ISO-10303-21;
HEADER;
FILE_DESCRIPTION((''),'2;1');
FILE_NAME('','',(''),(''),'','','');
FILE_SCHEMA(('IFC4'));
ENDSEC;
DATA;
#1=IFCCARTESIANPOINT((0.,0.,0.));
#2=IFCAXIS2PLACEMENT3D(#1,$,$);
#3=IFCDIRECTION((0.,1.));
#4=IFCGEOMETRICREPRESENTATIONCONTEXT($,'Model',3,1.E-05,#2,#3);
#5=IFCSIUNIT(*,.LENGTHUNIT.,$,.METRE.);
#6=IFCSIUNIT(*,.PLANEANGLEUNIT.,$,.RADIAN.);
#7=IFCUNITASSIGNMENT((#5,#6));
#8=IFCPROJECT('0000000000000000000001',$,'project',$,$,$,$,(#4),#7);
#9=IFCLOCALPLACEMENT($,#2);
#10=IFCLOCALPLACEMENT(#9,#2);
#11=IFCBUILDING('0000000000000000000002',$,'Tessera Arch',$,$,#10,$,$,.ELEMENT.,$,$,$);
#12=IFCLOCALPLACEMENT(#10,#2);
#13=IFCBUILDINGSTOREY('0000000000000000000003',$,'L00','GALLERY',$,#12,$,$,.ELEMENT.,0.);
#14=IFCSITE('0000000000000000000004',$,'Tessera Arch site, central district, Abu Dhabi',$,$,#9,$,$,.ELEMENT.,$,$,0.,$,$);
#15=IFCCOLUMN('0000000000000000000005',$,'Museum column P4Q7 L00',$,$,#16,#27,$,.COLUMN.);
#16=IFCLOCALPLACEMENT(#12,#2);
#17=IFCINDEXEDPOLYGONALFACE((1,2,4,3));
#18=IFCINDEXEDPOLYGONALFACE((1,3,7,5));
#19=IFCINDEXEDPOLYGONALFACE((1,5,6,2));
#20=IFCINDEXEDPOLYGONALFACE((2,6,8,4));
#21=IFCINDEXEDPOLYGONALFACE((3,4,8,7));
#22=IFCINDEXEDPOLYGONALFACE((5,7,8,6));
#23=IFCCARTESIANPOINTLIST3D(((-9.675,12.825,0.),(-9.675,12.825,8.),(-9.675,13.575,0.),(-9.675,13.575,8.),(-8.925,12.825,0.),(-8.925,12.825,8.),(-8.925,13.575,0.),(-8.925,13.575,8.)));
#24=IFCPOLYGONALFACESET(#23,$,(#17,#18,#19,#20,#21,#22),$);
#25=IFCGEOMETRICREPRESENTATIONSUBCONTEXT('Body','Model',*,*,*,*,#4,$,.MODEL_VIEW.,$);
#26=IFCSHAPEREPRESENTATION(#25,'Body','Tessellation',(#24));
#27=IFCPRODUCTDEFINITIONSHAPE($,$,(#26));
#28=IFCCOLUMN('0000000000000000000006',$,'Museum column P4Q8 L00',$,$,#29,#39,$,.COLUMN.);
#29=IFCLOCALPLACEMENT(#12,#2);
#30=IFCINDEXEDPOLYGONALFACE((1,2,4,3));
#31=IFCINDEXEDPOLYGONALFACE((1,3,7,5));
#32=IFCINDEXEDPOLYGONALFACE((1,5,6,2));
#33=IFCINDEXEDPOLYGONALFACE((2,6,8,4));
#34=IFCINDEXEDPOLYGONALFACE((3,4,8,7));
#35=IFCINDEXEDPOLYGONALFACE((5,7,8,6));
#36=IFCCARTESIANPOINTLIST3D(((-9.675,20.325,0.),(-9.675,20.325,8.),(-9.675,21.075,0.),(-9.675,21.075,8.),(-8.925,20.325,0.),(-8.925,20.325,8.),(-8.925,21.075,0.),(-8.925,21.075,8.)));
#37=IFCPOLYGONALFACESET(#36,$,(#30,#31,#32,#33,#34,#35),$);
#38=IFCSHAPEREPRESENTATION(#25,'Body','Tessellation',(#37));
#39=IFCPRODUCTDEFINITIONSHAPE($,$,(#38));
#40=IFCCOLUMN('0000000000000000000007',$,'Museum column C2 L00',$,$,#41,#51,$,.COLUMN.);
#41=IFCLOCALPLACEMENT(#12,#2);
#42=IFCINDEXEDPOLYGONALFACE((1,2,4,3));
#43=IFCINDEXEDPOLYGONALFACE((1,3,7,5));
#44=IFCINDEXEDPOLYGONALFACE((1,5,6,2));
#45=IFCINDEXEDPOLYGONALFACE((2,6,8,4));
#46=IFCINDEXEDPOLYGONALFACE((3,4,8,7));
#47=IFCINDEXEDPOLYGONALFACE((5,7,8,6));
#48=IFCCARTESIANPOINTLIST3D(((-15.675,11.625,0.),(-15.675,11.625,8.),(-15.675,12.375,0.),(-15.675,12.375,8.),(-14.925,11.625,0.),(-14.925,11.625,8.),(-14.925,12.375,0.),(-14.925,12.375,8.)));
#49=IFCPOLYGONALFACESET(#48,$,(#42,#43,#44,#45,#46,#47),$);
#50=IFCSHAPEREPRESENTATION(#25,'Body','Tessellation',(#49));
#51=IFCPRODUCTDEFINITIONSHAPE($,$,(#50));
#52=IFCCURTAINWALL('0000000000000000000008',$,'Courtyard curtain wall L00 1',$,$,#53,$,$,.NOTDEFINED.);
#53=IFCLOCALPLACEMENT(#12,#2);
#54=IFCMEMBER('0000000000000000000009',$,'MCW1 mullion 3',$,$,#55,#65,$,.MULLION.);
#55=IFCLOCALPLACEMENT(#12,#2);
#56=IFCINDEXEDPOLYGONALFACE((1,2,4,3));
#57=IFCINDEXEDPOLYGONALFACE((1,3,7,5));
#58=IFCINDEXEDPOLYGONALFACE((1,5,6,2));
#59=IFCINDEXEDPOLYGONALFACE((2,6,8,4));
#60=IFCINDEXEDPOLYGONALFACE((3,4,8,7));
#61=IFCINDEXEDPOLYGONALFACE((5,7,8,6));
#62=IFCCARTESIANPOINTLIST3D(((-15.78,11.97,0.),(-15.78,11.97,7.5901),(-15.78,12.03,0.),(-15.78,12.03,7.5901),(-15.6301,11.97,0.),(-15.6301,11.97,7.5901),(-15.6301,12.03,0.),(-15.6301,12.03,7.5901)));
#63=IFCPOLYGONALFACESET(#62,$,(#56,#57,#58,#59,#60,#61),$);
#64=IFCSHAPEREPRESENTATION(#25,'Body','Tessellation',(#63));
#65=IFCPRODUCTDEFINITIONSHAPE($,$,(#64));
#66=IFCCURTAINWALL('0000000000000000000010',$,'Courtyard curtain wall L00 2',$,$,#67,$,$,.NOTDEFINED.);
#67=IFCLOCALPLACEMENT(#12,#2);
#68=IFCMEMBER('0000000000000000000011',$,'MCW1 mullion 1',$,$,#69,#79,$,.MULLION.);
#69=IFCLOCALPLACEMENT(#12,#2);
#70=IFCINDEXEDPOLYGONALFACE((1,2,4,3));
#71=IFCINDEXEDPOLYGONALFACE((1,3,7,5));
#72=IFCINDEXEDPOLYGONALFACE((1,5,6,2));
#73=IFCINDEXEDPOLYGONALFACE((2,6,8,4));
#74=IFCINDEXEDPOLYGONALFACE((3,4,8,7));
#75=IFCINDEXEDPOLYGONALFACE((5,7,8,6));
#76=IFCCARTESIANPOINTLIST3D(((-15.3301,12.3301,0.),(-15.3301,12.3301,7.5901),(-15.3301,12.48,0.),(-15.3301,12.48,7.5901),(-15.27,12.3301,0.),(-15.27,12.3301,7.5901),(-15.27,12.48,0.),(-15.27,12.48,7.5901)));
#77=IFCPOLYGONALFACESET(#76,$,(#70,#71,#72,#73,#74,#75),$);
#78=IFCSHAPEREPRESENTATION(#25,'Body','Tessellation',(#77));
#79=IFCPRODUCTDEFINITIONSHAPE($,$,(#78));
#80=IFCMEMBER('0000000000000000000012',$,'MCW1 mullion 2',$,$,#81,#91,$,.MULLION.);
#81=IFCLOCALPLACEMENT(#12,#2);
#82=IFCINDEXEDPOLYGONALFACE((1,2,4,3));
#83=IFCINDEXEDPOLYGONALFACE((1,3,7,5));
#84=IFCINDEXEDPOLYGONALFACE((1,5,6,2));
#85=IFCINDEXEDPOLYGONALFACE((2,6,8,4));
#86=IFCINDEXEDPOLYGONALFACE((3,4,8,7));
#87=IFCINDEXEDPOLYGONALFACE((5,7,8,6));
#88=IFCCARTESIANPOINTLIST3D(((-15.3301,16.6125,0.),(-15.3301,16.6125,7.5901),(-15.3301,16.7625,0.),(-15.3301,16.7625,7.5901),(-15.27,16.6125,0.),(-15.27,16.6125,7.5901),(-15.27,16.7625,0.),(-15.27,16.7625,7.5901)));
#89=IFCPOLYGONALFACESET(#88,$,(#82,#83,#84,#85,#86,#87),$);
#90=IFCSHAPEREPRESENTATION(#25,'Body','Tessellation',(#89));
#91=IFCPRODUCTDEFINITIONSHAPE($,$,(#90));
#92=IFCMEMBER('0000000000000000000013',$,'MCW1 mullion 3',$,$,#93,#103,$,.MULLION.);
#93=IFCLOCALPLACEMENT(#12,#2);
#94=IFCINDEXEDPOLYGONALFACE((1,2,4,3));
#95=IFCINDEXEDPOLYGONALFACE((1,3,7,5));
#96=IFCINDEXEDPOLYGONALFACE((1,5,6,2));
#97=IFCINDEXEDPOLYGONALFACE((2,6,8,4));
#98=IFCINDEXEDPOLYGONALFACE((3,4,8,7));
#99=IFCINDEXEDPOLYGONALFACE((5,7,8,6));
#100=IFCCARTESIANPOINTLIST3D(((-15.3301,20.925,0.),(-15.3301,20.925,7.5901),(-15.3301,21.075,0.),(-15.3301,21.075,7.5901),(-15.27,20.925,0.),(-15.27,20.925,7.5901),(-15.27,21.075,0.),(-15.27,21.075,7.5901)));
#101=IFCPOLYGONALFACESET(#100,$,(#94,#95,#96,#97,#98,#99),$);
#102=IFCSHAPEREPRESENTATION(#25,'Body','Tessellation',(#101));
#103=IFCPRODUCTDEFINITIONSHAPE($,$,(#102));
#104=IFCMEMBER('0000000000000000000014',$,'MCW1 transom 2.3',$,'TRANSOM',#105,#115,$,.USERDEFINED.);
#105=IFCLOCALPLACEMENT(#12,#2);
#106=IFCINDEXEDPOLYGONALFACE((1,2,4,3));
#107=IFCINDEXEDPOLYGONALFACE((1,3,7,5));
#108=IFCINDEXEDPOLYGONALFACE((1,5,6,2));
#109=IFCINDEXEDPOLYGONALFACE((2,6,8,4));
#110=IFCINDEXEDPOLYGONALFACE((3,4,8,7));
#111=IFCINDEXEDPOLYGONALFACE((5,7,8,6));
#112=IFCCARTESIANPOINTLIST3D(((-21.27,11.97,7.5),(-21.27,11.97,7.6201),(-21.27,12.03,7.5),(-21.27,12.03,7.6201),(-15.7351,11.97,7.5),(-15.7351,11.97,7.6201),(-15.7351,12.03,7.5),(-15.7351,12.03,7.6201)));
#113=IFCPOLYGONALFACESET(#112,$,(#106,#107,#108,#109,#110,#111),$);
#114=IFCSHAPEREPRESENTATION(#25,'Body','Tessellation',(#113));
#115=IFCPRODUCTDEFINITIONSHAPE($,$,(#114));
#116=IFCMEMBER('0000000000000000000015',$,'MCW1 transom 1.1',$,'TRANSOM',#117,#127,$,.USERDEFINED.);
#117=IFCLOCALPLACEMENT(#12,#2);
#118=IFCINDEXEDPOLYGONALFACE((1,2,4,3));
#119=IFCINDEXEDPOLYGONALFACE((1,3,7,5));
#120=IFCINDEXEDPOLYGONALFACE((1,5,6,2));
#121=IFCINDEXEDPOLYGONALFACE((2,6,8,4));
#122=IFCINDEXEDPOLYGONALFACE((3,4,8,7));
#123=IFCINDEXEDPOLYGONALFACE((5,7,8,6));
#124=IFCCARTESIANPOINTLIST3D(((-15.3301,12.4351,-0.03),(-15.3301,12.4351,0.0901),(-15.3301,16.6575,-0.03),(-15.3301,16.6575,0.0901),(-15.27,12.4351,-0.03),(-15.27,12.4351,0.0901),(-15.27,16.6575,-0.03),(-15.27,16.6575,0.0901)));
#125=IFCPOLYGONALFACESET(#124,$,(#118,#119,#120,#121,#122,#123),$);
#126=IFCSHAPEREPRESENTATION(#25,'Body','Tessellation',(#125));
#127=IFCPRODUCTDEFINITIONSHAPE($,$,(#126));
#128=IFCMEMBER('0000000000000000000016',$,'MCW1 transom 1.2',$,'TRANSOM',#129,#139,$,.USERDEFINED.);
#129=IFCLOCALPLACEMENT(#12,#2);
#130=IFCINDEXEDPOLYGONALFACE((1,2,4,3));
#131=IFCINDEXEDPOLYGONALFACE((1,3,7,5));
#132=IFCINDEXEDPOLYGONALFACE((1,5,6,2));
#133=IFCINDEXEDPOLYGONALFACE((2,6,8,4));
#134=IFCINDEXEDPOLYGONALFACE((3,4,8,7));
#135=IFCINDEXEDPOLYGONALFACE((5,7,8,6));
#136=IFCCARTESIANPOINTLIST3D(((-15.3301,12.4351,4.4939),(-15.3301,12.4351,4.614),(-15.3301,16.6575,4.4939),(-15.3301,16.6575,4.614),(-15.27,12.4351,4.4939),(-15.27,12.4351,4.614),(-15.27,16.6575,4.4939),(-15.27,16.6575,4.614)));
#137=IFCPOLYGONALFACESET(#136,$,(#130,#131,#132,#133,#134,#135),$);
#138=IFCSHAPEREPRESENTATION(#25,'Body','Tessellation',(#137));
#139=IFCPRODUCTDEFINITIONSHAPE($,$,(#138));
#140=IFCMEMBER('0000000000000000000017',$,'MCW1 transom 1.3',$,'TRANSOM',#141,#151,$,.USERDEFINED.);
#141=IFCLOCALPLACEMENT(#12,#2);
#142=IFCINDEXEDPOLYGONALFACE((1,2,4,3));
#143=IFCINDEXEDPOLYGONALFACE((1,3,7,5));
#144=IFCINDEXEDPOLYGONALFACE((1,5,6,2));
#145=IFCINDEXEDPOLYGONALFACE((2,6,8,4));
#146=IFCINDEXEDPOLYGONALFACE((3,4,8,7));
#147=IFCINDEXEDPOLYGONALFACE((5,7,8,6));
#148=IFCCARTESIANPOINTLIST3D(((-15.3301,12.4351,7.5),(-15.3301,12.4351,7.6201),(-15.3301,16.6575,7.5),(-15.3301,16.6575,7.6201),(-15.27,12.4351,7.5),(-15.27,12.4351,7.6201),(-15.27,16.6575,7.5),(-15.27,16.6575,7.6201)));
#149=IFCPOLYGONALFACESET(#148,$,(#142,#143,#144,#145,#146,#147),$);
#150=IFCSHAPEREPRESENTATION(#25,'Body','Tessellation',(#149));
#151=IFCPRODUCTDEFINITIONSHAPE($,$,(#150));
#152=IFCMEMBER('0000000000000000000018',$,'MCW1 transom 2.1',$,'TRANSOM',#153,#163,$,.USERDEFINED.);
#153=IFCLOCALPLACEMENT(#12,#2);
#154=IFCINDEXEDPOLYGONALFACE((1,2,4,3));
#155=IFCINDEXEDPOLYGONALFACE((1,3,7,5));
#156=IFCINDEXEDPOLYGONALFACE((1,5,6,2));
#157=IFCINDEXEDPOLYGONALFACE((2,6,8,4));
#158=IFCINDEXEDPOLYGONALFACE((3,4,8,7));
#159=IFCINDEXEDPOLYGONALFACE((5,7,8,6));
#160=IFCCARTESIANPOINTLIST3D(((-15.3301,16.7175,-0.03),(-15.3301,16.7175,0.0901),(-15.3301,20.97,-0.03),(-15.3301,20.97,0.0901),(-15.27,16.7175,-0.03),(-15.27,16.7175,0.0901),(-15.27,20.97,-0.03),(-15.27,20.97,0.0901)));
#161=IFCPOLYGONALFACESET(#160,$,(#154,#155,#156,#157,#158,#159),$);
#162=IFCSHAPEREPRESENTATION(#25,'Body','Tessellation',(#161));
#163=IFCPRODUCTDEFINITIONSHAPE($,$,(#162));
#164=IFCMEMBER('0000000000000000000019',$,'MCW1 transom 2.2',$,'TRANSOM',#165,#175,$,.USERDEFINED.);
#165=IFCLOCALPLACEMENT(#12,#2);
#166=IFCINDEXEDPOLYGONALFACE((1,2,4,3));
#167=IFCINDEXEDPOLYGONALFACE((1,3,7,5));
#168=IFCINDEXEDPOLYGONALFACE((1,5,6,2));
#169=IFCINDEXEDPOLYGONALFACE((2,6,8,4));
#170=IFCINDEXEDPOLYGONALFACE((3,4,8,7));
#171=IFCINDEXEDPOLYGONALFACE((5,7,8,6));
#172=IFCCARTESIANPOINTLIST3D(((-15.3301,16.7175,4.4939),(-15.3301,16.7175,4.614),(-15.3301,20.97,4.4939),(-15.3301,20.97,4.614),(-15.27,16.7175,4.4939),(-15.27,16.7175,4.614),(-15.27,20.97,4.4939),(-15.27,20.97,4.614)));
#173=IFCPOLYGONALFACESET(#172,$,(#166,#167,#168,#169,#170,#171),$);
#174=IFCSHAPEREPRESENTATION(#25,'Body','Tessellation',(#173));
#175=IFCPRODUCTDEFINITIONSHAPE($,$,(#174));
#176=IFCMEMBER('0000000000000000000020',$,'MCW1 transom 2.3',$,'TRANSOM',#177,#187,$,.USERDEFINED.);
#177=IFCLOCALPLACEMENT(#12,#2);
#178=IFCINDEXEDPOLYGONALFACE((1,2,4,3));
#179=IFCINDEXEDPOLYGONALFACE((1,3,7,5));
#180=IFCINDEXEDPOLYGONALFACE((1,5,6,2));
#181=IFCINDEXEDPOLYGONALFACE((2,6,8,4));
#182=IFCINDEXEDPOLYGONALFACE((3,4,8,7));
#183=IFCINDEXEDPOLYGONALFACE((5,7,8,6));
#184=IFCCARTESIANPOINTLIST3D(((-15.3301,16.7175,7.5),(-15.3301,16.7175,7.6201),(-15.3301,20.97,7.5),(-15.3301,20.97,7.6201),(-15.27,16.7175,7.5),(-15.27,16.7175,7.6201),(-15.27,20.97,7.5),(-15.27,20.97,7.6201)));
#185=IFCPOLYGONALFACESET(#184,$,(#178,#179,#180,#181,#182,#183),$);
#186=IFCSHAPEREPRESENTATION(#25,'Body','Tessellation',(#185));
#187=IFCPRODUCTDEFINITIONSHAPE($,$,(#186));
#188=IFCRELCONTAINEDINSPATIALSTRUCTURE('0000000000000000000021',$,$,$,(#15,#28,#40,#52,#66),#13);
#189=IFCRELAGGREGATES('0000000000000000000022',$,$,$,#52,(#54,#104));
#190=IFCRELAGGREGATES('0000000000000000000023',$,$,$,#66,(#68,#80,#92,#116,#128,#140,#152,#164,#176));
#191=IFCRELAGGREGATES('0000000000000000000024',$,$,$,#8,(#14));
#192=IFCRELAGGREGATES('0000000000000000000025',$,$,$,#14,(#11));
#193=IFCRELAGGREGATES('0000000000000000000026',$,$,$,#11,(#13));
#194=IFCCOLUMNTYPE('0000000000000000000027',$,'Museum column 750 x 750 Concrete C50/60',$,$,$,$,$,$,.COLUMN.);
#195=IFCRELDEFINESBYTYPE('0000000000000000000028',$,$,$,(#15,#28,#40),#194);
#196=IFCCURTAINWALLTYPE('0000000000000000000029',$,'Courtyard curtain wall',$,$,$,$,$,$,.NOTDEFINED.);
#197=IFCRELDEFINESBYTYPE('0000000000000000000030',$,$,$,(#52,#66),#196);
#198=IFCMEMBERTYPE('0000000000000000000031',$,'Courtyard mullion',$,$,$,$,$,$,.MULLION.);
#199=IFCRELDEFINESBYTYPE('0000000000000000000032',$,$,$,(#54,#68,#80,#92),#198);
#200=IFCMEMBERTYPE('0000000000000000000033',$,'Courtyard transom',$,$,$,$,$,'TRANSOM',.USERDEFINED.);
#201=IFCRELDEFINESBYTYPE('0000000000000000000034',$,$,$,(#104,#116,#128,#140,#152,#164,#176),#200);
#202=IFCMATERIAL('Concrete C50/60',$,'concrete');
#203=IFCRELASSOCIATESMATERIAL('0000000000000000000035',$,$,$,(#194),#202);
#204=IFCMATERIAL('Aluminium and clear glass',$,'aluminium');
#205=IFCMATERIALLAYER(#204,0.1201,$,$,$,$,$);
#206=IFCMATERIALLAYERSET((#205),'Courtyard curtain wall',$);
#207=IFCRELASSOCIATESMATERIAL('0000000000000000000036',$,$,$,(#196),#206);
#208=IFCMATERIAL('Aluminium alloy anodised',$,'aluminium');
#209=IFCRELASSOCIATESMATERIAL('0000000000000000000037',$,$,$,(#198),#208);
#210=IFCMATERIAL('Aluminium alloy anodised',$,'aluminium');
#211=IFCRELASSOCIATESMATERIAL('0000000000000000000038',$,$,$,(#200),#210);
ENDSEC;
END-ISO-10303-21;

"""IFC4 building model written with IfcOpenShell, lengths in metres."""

from ifc_helpers import new_model, si_unit, direction, frame, origin, origin_2d, place, context, subcontext, project, spatial, rectangle, extrude, material, layer, layer_set, material_profile, profile_set, type_object, element, aggregate, save


model = new_model("IFC4")

# Units and contexts
model_context = context("Model", 3, precision=1e-05, world=origin(), true_north=direction((0.0, 1.0)))
body_context = subcontext(model_context, "Body", "Model", "MODEL_VIEW")
ifc_project = project(units=[si_unit("LENGTHUNIT", "METRE"), si_unit("PLANEANGLEUNIT", "RADIAN")], contexts=[model_context])

# Site, building, storey
site_placement = place(None, origin())
site = spatial("IfcSite", under=ifc_project, at=site_placement, Name="Tessera Arch site, central district, Abu Dhabi", CompositionType="ELEMENT", RefElevation=0.0)
building_placement = place(site_placement, origin())
building = spatial("IfcBuilding", under=site, at=building_placement, Name="Tessera Arch", CompositionType="ELEMENT")
storey_placement = place(building_placement, origin())
storey = spatial("IfcBuildingStorey", under=building, at=storey_placement, Name="L00", Description="GALLERY", CompositionType="ELEMENT", Elevation=0.0)

# Columns
ifc_material_1 = material(Name="Concrete C50/60", Category="concrete")
ifc_material_profile_1 = material_profile(ifc_material_1, rectangle(XDim=0.75, YDim=0.75, at=origin_2d()), Name="Museum column 750 x 750 Concrete C50/60")
ifc_profile_set_1 = profile_set([ifc_material_profile_1], Name="Concrete C50/60")
column_type = type_object("IfcColumnType", Name="Museum column 750 x 750 Concrete C50/60", PredefinedType="COLUMN", material=ifc_profile_set_1)
for number, where, z_axis, x_axis, name in (
    (1, (-9.3, 13.2, 0.0), (0.0, 0.0, 1.0), (1.0, 0.0, 0.0), "Museum column P4Q7 L00"),
    (2, (-9.3, 20.7, 0.0), (0.0, 0.0, 1.0), (1.0, 0.0, 0.0), "Museum column P4Q8 L00"),
    (3, (-15.3, 12.0, 0.0), (0.0, 0.0, 1.0), (1.0, 0.0, 0.0), "Museum column C2 L00"),
):
    element("IfcColumn", number, at=place(storey_placement, frame(where, z_axis=z_axis, x_axis=x_axis)), inside=storey, type_object=column_type, Name=name, PredefinedType="COLUMN", context=body_context, shape_type="SweptSolid", body=[
        extrude(rectangle(XDim=0.75, YDim=0.75, at=origin_2d()), origin(), (0.0, 0.0, 1.0), 8.0),
    ])

# Curtain wall, member
ifc_material_2 = material(Name="Aluminium and clear glass", Category="aluminium")
ifc_layer_1 = layer(ifc_material_2, 0.1201)
ifc_layer_set_1 = layer_set([ifc_layer_1], Name="Courtyard curtain wall")
curtain_wall_type = type_object("IfcCurtainWallType", Name="Courtyard curtain wall", PredefinedType="NOTDEFINED", material=ifc_layer_set_1)
curtain_wall_1_placement = place(storey_placement, origin())
curtain_wall_1 = element("IfcCurtainWall", 4, at=curtain_wall_1_placement, inside=storey, type_object=curtain_wall_type, Name="Courtyard curtain wall L00 1", PredefinedType="NOTDEFINED")
ifc_material_3 = material(Name="Aluminium alloy anodised", Category="aluminium")
ifc_material_profile_2 = material_profile(ifc_material_3, rectangle(XDim=0.0601, YDim=0.1499, at=origin_2d()), Name="Courtyard mullion")
ifc_profile_set_2 = profile_set([ifc_material_profile_2], Name="Aluminium alloy anodised")
member_type_1 = type_object("IfcMemberType", Name="Courtyard mullion", PredefinedType="MULLION", material=ifc_profile_set_2)
member_1_placement = place(storey_placement, frame((-15.7051, 12.0, 0.0), z_axis=(0.0, 0.0, 1.0), x_axis=(0.0, 1.0, 0.0)))
member_1 = element("IfcMember", 5, at=member_1_placement, type_object=member_type_1, Name="MCW1 mullion 3", PredefinedType="MULLION", context=body_context, shape_type="SweptSolid", body=[
    extrude(rectangle(XDim=0.0601, YDim=0.1499, at=origin_2d()), origin(), (0.0, 0.0, 1.0), 7.5901),
])

# Curtain wall, members
curtain_wall_2_placement = place(storey_placement, origin())
curtain_wall_2 = element("IfcCurtainWall", 6, at=curtain_wall_2_placement, inside=storey, type_object=curtain_wall_type, Name="Courtyard curtain wall L00 2", PredefinedType="NOTDEFINED")
member_2_placement = place(storey_placement, frame((-15.3, 12.405, 0.0), z_axis=(0.0, 0.0, 1.0), x_axis=(-1.0, 0.0, 0.0)))
member_2 = element("IfcMember", 7, at=member_2_placement, type_object=member_type_1, Name="MCW1 mullion 1", PredefinedType="MULLION", context=body_context, shape_type="SweptSolid", body=[
    extrude(rectangle(XDim=0.0601, YDim=0.1499, at=origin_2d()), origin(), (0.0, 0.0, 1.0), 7.5901),
])
member_3_placement = place(storey_placement, frame((-15.3, 16.6875, 0.0), z_axis=(0.0, 0.0, 1.0), x_axis=(-1.0, 0.0, 0.0)))
member_3 = element("IfcMember", 8, at=member_3_placement, type_object=member_type_1, Name="MCW1 mullion 2", PredefinedType="MULLION", context=body_context, shape_type="SweptSolid", body=[
    extrude(rectangle(XDim=0.0601, YDim=0.1499, at=origin_2d()), origin(), (0.0, 0.0, 1.0), 7.5901),
])
member_4_placement = place(storey_placement, frame((-15.3, 21.0, 0.0), z_axis=(0.0, 0.0, 1.0), x_axis=(-1.0, 0.0, 0.0)))
member_4 = element("IfcMember", 9, at=member_4_placement, type_object=member_type_1, Name="MCW1 mullion 3", PredefinedType="MULLION", context=body_context, shape_type="SweptSolid", body=[
    extrude(rectangle(XDim=0.0601, YDim=0.1499, at=origin_2d()), origin(), (0.0, 0.0, 1.0), 7.5901),
])

# Members
ifc_material_4 = material(Name="Aluminium alloy anodised", Category="aluminium")
ifc_material_profile_3 = material_profile(ifc_material_4, rectangle(XDim=0.0601, YDim=0.1201, at=origin_2d()), Name="Courtyard transom")
ifc_profile_set_3 = profile_set([ifc_material_profile_3], Name="Aluminium alloy anodised")
member_type_2 = type_object("IfcMemberType", Name="Courtyard transom", ElementType="TRANSOM", PredefinedType="USERDEFINED", material=ifc_profile_set_3)
member_5_placement = place(storey_placement, frame((-21.27, 12.0, 7.5601), z_axis=(1.0, 0.0, 0.0), x_axis=(0.0, 1.0, 0.0)))
member_5 = element("IfcMember", 10, at=member_5_placement, type_object=member_type_2, Name="MCW1 transom 2.3", ObjectType="TRANSOM", PredefinedType="USERDEFINED", context=body_context, shape_type="SweptSolid", body=[
    extrude(rectangle(XDim=0.0601, YDim=0.1201, at=origin_2d()), origin(), (0.0, 0.0, 1.0), 5.5349),
])
member_6_placement = place(storey_placement, frame((-15.3, 12.4351, 0.03), z_axis=(0.0, 1.0, 0.0), x_axis=(-1.0, 0.0, 0.0)))
member_6 = element("IfcMember", 11, at=member_6_placement, type_object=member_type_2, Name="MCW1 transom 1.1", ObjectType="TRANSOM", PredefinedType="USERDEFINED", context=body_context, shape_type="SweptSolid", body=[
    extrude(rectangle(XDim=0.0601, YDim=0.1201, at=origin_2d()), origin(), (0.0, 0.0, 1.0), 4.2224),
])
member_7_placement = place(storey_placement, frame((-15.3, 12.4351, 4.554), z_axis=(0.0, 1.0, 0.0), x_axis=(-1.0, 0.0, 0.0)))
member_7 = element("IfcMember", 12, at=member_7_placement, type_object=member_type_2, Name="MCW1 transom 1.2", ObjectType="TRANSOM", PredefinedType="USERDEFINED", context=body_context, shape_type="SweptSolid", body=[
    extrude(rectangle(XDim=0.0601, YDim=0.1201, at=origin_2d()), origin(), (0.0, 0.0, 1.0), 4.2224),
])
member_8_placement = place(storey_placement, frame((-15.3, 12.4351, 7.5601), z_axis=(0.0, 1.0, 0.0), x_axis=(-1.0, 0.0, 0.0)))
member_8 = element("IfcMember", 13, at=member_8_placement, type_object=member_type_2, Name="MCW1 transom 1.3", ObjectType="TRANSOM", PredefinedType="USERDEFINED", context=body_context, shape_type="SweptSolid", body=[
    extrude(rectangle(XDim=0.0601, YDim=0.1201, at=origin_2d()), origin(), (0.0, 0.0, 1.0), 4.2224),
])
member_9_placement = place(storey_placement, frame((-15.3, 16.7175, 0.03), z_axis=(0.0, 1.0, 0.0), x_axis=(-1.0, 0.0, 0.0)))
member_9 = element("IfcMember", 14, at=member_9_placement, type_object=member_type_2, Name="MCW1 transom 2.1", ObjectType="TRANSOM", PredefinedType="USERDEFINED", context=body_context, shape_type="SweptSolid", body=[
    extrude(rectangle(XDim=0.0601, YDim=0.1201, at=origin_2d()), origin(), (0.0, 0.0, 1.0), 4.2524),
])
member_10_placement = place(storey_placement, frame((-15.3, 16.7175, 4.554), z_axis=(0.0, 1.0, 0.0), x_axis=(-1.0, 0.0, 0.0)))
member_10 = element("IfcMember", 15, at=member_10_placement, type_object=member_type_2, Name="MCW1 transom 2.2", ObjectType="TRANSOM", PredefinedType="USERDEFINED", context=body_context, shape_type="SweptSolid", body=[
    extrude(rectangle(XDim=0.0601, YDim=0.1201, at=origin_2d()), origin(), (0.0, 0.0, 1.0), 4.2524),
])
member_11_placement = place(storey_placement, frame((-15.3, 16.7175, 7.5601), z_axis=(0.0, 1.0, 0.0), x_axis=(-1.0, 0.0, 0.0)))
member_11 = element("IfcMember", 16, at=member_11_placement, type_object=member_type_2, Name="MCW1 transom 2.3", ObjectType="TRANSOM", PredefinedType="USERDEFINED", context=body_context, shape_type="SweptSolid", body=[
    extrude(rectangle(XDim=0.0601, YDim=0.1201, at=origin_2d()), origin(), (0.0, 0.0, 1.0), 4.2524),
])

aggregate(curtain_wall_1, [member_1, member_5])
aggregate(curtain_wall_2, [member_2, member_3, member_4, member_6, member_7, member_8, member_9, member_10, member_11])

save(model, "model.ifc")
